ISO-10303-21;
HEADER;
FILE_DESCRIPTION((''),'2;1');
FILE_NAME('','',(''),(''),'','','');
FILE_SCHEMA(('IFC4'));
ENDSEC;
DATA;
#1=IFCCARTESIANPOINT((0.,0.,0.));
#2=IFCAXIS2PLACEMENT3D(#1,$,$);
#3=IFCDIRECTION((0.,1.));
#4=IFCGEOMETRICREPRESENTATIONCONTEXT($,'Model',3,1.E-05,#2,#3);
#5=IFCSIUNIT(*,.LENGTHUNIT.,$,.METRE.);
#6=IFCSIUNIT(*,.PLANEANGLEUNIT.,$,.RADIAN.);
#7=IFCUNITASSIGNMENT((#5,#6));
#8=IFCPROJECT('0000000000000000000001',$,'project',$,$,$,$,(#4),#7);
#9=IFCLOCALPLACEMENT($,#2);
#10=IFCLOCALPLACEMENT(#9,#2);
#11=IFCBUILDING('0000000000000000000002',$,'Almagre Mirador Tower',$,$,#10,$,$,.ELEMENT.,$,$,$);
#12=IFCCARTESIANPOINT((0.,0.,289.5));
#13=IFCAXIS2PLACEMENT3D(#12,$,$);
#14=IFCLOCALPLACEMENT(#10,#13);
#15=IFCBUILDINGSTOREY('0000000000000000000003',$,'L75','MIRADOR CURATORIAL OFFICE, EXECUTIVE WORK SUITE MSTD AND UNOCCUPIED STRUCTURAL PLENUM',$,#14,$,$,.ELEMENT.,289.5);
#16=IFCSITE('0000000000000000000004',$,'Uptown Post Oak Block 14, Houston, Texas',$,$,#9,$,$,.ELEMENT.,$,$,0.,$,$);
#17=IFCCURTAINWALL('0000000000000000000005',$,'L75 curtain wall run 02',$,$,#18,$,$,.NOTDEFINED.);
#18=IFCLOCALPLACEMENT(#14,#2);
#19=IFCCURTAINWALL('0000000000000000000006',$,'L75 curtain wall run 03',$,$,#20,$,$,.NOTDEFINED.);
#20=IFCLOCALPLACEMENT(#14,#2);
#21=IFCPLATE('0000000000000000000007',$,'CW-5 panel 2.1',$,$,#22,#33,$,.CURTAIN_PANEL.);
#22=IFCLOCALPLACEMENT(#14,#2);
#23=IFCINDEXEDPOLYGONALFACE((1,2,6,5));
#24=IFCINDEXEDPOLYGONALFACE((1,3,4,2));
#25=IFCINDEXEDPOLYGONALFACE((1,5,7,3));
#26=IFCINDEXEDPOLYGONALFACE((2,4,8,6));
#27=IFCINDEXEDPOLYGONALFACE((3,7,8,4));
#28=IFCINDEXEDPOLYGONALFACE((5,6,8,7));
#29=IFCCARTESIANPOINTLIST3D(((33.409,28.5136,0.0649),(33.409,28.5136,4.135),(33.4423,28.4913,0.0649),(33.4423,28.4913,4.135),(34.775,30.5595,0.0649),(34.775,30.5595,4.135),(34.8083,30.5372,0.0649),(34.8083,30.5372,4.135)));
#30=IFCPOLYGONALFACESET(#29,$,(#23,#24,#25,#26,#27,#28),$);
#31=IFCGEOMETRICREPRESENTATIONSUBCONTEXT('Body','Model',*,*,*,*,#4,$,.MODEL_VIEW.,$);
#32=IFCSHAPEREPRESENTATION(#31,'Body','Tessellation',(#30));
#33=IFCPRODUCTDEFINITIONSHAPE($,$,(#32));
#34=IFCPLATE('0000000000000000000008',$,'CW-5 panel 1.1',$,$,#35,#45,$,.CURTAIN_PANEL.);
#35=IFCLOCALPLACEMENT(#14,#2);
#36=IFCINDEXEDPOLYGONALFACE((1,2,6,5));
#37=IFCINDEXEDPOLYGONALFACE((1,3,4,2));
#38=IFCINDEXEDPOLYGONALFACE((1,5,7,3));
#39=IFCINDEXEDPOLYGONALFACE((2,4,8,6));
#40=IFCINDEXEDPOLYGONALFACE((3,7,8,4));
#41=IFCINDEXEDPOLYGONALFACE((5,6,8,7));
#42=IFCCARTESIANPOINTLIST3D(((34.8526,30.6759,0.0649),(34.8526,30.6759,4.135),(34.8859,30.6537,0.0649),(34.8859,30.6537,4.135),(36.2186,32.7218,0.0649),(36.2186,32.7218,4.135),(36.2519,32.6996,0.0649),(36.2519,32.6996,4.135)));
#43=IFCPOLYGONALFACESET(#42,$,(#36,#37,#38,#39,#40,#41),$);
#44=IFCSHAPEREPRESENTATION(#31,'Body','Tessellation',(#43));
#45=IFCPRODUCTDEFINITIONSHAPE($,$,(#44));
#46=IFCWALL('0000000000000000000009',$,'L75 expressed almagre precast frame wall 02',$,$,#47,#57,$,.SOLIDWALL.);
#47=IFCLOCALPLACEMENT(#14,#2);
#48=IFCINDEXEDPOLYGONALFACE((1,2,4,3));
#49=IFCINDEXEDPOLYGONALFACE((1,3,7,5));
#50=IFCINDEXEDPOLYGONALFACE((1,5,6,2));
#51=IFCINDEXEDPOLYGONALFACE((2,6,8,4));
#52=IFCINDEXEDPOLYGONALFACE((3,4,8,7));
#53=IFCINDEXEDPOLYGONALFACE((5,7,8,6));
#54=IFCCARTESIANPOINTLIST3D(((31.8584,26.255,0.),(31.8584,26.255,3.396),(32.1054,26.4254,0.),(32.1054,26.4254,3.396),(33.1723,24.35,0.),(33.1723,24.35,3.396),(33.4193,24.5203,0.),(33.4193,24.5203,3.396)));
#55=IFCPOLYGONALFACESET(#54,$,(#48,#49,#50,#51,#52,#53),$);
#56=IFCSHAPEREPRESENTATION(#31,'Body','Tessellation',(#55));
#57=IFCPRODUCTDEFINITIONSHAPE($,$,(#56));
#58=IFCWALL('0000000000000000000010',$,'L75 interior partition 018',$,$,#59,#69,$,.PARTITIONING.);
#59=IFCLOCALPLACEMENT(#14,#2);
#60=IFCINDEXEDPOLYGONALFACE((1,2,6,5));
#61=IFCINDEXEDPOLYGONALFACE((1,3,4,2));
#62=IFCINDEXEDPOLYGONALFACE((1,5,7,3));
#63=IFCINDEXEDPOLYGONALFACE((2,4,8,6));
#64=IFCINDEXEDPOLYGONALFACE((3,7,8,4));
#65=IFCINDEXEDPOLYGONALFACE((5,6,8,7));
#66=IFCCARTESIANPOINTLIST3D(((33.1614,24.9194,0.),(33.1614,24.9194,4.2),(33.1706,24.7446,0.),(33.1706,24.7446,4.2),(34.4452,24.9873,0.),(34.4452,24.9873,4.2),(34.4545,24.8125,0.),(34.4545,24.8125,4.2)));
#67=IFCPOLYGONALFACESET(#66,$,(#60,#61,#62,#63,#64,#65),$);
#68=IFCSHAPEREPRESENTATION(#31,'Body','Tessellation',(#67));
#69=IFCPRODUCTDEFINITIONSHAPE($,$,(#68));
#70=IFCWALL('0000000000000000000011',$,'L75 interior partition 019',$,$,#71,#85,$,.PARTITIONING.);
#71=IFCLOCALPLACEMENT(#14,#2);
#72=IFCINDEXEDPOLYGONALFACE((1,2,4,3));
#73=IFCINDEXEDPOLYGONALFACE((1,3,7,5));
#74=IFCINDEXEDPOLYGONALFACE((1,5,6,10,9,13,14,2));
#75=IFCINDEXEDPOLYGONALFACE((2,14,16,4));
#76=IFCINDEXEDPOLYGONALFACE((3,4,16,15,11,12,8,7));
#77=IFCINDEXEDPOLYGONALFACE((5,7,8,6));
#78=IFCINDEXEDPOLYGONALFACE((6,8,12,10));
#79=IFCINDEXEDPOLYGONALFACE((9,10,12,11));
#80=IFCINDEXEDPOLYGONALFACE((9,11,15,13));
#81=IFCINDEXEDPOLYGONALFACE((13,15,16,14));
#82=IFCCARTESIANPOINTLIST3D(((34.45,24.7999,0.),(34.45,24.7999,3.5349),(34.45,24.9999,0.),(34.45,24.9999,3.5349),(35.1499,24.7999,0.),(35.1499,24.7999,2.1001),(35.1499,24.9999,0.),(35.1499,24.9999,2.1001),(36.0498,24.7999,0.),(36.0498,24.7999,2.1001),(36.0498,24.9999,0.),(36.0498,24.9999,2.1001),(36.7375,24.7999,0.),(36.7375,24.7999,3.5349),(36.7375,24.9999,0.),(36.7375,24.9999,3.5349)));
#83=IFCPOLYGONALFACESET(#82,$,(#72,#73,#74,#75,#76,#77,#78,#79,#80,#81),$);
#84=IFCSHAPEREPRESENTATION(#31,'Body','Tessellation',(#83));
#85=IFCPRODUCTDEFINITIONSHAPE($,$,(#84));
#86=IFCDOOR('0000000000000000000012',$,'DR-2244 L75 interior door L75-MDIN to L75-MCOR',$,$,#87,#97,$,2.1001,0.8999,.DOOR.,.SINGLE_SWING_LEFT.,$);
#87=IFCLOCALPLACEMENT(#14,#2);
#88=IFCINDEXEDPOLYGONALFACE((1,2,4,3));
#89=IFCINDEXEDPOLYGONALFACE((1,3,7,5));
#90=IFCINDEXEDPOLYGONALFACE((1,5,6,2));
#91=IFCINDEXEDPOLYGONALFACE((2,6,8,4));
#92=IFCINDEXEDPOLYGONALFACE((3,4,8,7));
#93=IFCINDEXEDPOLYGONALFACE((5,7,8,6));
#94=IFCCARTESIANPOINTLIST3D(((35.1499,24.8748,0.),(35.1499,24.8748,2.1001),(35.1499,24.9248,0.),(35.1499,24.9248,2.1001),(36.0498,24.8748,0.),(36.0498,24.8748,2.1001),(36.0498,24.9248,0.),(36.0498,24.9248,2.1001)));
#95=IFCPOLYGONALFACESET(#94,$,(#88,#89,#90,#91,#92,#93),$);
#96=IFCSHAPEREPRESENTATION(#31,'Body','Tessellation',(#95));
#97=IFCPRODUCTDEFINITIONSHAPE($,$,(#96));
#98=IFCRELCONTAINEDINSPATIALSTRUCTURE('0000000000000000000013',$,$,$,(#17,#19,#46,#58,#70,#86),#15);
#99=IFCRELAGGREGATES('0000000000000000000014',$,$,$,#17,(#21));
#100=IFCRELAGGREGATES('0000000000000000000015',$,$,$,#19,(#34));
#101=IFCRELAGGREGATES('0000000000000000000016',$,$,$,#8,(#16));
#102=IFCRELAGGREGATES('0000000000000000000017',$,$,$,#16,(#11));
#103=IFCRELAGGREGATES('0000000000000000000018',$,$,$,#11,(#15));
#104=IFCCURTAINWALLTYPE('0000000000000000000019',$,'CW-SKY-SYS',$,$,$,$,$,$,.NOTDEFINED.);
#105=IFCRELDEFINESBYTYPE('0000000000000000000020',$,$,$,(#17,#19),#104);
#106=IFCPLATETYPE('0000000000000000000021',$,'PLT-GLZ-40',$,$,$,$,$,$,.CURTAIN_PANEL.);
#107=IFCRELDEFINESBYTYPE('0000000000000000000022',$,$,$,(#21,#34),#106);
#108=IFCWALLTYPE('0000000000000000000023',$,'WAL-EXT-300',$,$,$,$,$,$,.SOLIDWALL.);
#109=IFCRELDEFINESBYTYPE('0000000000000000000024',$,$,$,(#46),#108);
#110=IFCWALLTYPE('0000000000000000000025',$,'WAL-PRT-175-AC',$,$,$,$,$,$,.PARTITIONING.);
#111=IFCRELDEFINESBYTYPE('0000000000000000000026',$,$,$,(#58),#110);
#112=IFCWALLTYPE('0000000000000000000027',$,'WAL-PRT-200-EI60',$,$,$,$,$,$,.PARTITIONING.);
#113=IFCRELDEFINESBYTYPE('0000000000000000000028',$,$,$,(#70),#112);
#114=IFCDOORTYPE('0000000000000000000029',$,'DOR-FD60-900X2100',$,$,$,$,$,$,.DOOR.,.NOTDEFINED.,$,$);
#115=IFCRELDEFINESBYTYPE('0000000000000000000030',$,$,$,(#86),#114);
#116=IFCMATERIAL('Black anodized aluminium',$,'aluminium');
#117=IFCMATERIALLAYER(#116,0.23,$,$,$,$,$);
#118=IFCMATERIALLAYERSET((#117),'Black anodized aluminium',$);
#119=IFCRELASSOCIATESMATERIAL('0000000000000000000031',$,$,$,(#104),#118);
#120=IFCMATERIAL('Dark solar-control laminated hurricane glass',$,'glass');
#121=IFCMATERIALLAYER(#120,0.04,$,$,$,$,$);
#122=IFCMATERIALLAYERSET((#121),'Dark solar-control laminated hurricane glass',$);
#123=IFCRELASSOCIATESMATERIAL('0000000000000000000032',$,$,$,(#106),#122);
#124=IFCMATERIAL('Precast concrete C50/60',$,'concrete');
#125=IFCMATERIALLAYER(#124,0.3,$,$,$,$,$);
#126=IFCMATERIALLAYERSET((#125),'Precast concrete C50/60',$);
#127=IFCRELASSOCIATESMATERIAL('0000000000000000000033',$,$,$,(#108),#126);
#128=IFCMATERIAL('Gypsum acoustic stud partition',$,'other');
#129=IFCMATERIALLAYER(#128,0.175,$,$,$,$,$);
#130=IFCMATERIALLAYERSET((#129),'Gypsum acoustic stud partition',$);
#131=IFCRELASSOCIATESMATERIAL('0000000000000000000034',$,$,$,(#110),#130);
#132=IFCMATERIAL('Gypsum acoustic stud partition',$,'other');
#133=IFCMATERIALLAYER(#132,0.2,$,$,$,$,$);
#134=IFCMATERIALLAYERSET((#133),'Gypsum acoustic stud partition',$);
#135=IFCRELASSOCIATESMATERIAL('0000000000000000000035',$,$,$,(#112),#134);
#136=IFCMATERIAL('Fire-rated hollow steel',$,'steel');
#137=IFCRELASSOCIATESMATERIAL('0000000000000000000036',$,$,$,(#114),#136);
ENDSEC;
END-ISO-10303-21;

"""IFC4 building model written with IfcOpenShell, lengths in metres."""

from ifc_helpers import new_model, si_unit, direction, frame, frame_2d, origin, origin_2d, place, context, subcontext, project, spatial, rectangle, extrude, material, layer, layer_set, type_object, element, fill, aggregate, save


model = new_model("IFC4")

# Units and contexts
model_context = context("Model", 3, precision=1e-05, world=origin(), true_north=direction((0.0, 1.0)))
body_context = subcontext(model_context, "Body", "Model", "MODEL_VIEW")
ifc_project = project(units=[si_unit("LENGTHUNIT", "METRE"), si_unit("PLANEANGLEUNIT", "RADIAN")], contexts=[model_context])

# Site, building, storey
site_placement = place(None, origin())
site = spatial("IfcSite", under=ifc_project, at=site_placement, Name="Uptown Post Oak Block 14, Houston, Texas", CompositionType="ELEMENT", RefElevation=0.0)
building_placement = place(site_placement, origin())
building = spatial("IfcBuilding", under=site, at=building_placement, Name="Almagre Mirador Tower", CompositionType="ELEMENT")
storey_placement = place(building_placement, frame((0.0, 0.0, 289.5)))
storey = spatial("IfcBuildingStorey", under=building, at=storey_placement, Name="L75", Description="MIRADOR CURATORIAL OFFICE, EXECUTIVE WORK SUITE MSTD AND UNOCCUPIED STRUCTURAL PLENUM", CompositionType="ELEMENT", Elevation=289.5)

# Curtain walls
ifc_material_1 = material(Name="Black anodized aluminium", Category="aluminium")
ifc_layer_1 = layer(ifc_material_1, 0.23)
ifc_layer_set_1 = layer_set([ifc_layer_1], Name="Black anodized aluminium")
curtain_wall_type_1 = type_object("IfcCurtainWallType", Name="CW-SKY-SYS", PredefinedType="NOTDEFINED", material=ifc_layer_set_1)
curtain_wall_1_placement = place(storey_placement, origin())
curtain_wall_1 = element("IfcCurtainWall", 1, at=curtain_wall_1_placement, inside=storey, type_object=curtain_wall_type_1, Name="L75 curtain wall run 02", PredefinedType="NOTDEFINED")
curtain_wall_2_placement = place(storey_placement, origin())
curtain_wall_2 = element("IfcCurtainWall", 2, at=curtain_wall_2_placement, inside=storey, type_object=curtain_wall_type_1, Name="L75 curtain wall run 03", PredefinedType="NOTDEFINED")

# Plates
ifc_material_2 = material(Name="Dark solar-control laminated hurricane glass", Category="glass")
ifc_layer_2 = layer(ifc_material_2, 0.04)
ifc_layer_set_2 = layer_set([ifc_layer_2], Name="Dark solar-control laminated hurricane glass")
plate_type_1 = type_object("IfcPlateType", Name="PLT-GLZ-40", PredefinedType="CURTAIN_PANEL", material=ifc_layer_set_2)
plate_1_placement = place(storey_placement, frame((34.1086, 29.5254, 0.0649), z_axis=(0.0, 0.0, 1.0), x_axis=(0.555262, 0.831675, 0.0)))
plate_1 = element("IfcPlate", 3, at=plate_1_placement, type_object=plate_type_1, Name="CW-5 panel 2.1", PredefinedType="CURTAIN_PANEL", context=body_context, shape_type="SweptSolid", body=[
    extrude(rectangle(XDim=2.46, YDim=0.04, at=origin_2d()), origin(), (0.0, 0.0, 1.0), 4.0701),
])
aggregate(curtain_wall_1, [plate_1])
plate_2_placement = place(storey_placement, frame((35.5522, 31.6877, 0.0649), z_axis=(0.0, 0.0, 1.0), x_axis=(0.555262, 0.831675, 0.0)))
plate_2 = element("IfcPlate", 4, at=plate_2_placement, type_object=plate_type_1, Name="CW-5 panel 1.1", PredefinedType="CURTAIN_PANEL", context=body_context, shape_type="SweptSolid", body=[
    extrude(rectangle(XDim=2.46, YDim=0.04, at=origin_2d()), origin(), (0.0, 0.0, 1.0), 4.0701),
])
aggregate(curtain_wall_2, [plate_2])

# Walls
ifc_material_3 = material(Name="Precast concrete C50/60", Category="concrete")
ifc_layer_3 = layer(ifc_material_3, 0.3)
ifc_layer_set_3 = layer_set([ifc_layer_3], Name="Precast concrete C50/60")
wall_type_1 = type_object("IfcWallType", Name="WAL-EXT-300", PredefinedType="SOLIDWALL", material=ifc_layer_set_3)
wall_1_placement = place(storey_placement, frame((33.2959, 24.4351, 0.0), z_axis=(0.0, 0.0, 1.0), x_axis=(-0.567777, 0.823182, 0.0)))
element("IfcWall", 5, at=wall_1_placement, inside=storey, type_object=wall_type_1, Name="L75 expressed almagre precast frame wall 02", PredefinedType="SOLIDWALL", context=body_context, shape_type="SweptSolid", body=[
    extrude(rectangle(XDim=2.3142, YDim=0.3, at=frame_2d((1.1572, 0.0))), origin(), (0.0, 0.0, 1.0), 3.396),
])
ifc_material_4 = material(Name="Gypsum acoustic stud partition", Category="other")
ifc_layer_4 = layer(ifc_material_4, 0.175)
ifc_layer_set_4 = layer_set([ifc_layer_4], Name="Gypsum acoustic stud partition")
wall_type_2 = type_object("IfcWallType", Name="WAL-PRT-175-AC", PredefinedType="PARTITIONING", material=ifc_layer_set_4)
wall_2_placement = place(storey_placement, frame((33.166, 24.832, 0.0), z_axis=(0.0, 0.0, 1.0), x_axis=(0.998606, 0.052788, 0.0)))
element("IfcWall", 6, at=wall_2_placement, inside=storey, type_object=wall_type_2, Name="L75 interior partition 018", PredefinedType="PARTITIONING", context=body_context, shape_type="SweptSolid", body=[
    extrude(rectangle(XDim=1.2856, YDim=0.175, at=frame_2d((0.6428, 0.0))), origin(), (0.0, 0.0, 1.0), 4.2),
])

# Wall, opening, door
ifc_material_5 = material(Name="Gypsum acoustic stud partition", Category="other")
ifc_layer_5 = layer(ifc_material_5, 0.2)
ifc_layer_set_5 = layer_set([ifc_layer_5], Name="Gypsum acoustic stud partition")
wall_type_3 = type_object("IfcWallType", Name="WAL-PRT-200-EI60", PredefinedType="PARTITIONING", material=ifc_layer_set_5)
wall_3_placement = place(storey_placement, frame((34.45, 24.8999, 0.0), z_axis=(0.0, 0.0, 1.0), x_axis=(1.0, 0.0, 0.0)))
wall_3 = element("IfcWall", 7, at=wall_3_placement, inside=storey, type_object=wall_type_3, Name="L75 interior partition 019", PredefinedType="PARTITIONING", context=body_context, shape_type="SweptSolid", body=[
    extrude(rectangle(XDim=2.2876, YDim=0.2, at=frame_2d((1.1438, 0.0))), origin(), (0.0, 0.0, 1.0), 3.5349),
])
opening_placement = place(wall_3_placement, frame((0.7, 0.0, 0.0)))
opening = element("IfcOpeningElement", 8, at=opening_placement, cuts=wall_3, PredefinedType="OPENING", context=body_context, shape_type="SweptSolid", body=[
    extrude(rectangle(XDim=0.8999, YDim=2.1001, at=frame_2d((0.45, 1.05))), frame((0.0, 0.1101, 0.0), z_axis=(0.0, -1.0, 0.0), x_axis=(1.0, 0.0, 0.0)), (0.0, 0.0, 1.0), 0.22),
])
ifc_material_6 = material(Name="Fire-rated hollow steel", Category="steel")
door_type = type_object("IfcDoorType", Name="DOR-FD60-900X2100", OperationType="NOTDEFINED", PredefinedType="DOOR", material=ifc_material_6)
door_placement = place(opening_placement, origin())
door = element("IfcDoor", 9, at=door_placement, inside=storey, type_object=door_type, Name="DR-2244 L75 interior door L75-MDIN to L75-MCOR", OperationType="SINGLE_SWING_LEFT", OverallHeight=2.1001, OverallWidth=0.8999, PredefinedType="DOOR", context=body_context, shape_type="SweptSolid", body=[
    extrude(rectangle(XDim=0.8999, YDim=2.1001, at=frame_2d((0.45, 1.05))), frame((0.0, 0.0249, 0.0), z_axis=(0.0, -1.0, 0.0), x_axis=(1.0, 0.0, 0.0)), (0.0, 0.0, 1.0), 0.05),
])
fill(opening, door)

save(model, "model.ifc")
